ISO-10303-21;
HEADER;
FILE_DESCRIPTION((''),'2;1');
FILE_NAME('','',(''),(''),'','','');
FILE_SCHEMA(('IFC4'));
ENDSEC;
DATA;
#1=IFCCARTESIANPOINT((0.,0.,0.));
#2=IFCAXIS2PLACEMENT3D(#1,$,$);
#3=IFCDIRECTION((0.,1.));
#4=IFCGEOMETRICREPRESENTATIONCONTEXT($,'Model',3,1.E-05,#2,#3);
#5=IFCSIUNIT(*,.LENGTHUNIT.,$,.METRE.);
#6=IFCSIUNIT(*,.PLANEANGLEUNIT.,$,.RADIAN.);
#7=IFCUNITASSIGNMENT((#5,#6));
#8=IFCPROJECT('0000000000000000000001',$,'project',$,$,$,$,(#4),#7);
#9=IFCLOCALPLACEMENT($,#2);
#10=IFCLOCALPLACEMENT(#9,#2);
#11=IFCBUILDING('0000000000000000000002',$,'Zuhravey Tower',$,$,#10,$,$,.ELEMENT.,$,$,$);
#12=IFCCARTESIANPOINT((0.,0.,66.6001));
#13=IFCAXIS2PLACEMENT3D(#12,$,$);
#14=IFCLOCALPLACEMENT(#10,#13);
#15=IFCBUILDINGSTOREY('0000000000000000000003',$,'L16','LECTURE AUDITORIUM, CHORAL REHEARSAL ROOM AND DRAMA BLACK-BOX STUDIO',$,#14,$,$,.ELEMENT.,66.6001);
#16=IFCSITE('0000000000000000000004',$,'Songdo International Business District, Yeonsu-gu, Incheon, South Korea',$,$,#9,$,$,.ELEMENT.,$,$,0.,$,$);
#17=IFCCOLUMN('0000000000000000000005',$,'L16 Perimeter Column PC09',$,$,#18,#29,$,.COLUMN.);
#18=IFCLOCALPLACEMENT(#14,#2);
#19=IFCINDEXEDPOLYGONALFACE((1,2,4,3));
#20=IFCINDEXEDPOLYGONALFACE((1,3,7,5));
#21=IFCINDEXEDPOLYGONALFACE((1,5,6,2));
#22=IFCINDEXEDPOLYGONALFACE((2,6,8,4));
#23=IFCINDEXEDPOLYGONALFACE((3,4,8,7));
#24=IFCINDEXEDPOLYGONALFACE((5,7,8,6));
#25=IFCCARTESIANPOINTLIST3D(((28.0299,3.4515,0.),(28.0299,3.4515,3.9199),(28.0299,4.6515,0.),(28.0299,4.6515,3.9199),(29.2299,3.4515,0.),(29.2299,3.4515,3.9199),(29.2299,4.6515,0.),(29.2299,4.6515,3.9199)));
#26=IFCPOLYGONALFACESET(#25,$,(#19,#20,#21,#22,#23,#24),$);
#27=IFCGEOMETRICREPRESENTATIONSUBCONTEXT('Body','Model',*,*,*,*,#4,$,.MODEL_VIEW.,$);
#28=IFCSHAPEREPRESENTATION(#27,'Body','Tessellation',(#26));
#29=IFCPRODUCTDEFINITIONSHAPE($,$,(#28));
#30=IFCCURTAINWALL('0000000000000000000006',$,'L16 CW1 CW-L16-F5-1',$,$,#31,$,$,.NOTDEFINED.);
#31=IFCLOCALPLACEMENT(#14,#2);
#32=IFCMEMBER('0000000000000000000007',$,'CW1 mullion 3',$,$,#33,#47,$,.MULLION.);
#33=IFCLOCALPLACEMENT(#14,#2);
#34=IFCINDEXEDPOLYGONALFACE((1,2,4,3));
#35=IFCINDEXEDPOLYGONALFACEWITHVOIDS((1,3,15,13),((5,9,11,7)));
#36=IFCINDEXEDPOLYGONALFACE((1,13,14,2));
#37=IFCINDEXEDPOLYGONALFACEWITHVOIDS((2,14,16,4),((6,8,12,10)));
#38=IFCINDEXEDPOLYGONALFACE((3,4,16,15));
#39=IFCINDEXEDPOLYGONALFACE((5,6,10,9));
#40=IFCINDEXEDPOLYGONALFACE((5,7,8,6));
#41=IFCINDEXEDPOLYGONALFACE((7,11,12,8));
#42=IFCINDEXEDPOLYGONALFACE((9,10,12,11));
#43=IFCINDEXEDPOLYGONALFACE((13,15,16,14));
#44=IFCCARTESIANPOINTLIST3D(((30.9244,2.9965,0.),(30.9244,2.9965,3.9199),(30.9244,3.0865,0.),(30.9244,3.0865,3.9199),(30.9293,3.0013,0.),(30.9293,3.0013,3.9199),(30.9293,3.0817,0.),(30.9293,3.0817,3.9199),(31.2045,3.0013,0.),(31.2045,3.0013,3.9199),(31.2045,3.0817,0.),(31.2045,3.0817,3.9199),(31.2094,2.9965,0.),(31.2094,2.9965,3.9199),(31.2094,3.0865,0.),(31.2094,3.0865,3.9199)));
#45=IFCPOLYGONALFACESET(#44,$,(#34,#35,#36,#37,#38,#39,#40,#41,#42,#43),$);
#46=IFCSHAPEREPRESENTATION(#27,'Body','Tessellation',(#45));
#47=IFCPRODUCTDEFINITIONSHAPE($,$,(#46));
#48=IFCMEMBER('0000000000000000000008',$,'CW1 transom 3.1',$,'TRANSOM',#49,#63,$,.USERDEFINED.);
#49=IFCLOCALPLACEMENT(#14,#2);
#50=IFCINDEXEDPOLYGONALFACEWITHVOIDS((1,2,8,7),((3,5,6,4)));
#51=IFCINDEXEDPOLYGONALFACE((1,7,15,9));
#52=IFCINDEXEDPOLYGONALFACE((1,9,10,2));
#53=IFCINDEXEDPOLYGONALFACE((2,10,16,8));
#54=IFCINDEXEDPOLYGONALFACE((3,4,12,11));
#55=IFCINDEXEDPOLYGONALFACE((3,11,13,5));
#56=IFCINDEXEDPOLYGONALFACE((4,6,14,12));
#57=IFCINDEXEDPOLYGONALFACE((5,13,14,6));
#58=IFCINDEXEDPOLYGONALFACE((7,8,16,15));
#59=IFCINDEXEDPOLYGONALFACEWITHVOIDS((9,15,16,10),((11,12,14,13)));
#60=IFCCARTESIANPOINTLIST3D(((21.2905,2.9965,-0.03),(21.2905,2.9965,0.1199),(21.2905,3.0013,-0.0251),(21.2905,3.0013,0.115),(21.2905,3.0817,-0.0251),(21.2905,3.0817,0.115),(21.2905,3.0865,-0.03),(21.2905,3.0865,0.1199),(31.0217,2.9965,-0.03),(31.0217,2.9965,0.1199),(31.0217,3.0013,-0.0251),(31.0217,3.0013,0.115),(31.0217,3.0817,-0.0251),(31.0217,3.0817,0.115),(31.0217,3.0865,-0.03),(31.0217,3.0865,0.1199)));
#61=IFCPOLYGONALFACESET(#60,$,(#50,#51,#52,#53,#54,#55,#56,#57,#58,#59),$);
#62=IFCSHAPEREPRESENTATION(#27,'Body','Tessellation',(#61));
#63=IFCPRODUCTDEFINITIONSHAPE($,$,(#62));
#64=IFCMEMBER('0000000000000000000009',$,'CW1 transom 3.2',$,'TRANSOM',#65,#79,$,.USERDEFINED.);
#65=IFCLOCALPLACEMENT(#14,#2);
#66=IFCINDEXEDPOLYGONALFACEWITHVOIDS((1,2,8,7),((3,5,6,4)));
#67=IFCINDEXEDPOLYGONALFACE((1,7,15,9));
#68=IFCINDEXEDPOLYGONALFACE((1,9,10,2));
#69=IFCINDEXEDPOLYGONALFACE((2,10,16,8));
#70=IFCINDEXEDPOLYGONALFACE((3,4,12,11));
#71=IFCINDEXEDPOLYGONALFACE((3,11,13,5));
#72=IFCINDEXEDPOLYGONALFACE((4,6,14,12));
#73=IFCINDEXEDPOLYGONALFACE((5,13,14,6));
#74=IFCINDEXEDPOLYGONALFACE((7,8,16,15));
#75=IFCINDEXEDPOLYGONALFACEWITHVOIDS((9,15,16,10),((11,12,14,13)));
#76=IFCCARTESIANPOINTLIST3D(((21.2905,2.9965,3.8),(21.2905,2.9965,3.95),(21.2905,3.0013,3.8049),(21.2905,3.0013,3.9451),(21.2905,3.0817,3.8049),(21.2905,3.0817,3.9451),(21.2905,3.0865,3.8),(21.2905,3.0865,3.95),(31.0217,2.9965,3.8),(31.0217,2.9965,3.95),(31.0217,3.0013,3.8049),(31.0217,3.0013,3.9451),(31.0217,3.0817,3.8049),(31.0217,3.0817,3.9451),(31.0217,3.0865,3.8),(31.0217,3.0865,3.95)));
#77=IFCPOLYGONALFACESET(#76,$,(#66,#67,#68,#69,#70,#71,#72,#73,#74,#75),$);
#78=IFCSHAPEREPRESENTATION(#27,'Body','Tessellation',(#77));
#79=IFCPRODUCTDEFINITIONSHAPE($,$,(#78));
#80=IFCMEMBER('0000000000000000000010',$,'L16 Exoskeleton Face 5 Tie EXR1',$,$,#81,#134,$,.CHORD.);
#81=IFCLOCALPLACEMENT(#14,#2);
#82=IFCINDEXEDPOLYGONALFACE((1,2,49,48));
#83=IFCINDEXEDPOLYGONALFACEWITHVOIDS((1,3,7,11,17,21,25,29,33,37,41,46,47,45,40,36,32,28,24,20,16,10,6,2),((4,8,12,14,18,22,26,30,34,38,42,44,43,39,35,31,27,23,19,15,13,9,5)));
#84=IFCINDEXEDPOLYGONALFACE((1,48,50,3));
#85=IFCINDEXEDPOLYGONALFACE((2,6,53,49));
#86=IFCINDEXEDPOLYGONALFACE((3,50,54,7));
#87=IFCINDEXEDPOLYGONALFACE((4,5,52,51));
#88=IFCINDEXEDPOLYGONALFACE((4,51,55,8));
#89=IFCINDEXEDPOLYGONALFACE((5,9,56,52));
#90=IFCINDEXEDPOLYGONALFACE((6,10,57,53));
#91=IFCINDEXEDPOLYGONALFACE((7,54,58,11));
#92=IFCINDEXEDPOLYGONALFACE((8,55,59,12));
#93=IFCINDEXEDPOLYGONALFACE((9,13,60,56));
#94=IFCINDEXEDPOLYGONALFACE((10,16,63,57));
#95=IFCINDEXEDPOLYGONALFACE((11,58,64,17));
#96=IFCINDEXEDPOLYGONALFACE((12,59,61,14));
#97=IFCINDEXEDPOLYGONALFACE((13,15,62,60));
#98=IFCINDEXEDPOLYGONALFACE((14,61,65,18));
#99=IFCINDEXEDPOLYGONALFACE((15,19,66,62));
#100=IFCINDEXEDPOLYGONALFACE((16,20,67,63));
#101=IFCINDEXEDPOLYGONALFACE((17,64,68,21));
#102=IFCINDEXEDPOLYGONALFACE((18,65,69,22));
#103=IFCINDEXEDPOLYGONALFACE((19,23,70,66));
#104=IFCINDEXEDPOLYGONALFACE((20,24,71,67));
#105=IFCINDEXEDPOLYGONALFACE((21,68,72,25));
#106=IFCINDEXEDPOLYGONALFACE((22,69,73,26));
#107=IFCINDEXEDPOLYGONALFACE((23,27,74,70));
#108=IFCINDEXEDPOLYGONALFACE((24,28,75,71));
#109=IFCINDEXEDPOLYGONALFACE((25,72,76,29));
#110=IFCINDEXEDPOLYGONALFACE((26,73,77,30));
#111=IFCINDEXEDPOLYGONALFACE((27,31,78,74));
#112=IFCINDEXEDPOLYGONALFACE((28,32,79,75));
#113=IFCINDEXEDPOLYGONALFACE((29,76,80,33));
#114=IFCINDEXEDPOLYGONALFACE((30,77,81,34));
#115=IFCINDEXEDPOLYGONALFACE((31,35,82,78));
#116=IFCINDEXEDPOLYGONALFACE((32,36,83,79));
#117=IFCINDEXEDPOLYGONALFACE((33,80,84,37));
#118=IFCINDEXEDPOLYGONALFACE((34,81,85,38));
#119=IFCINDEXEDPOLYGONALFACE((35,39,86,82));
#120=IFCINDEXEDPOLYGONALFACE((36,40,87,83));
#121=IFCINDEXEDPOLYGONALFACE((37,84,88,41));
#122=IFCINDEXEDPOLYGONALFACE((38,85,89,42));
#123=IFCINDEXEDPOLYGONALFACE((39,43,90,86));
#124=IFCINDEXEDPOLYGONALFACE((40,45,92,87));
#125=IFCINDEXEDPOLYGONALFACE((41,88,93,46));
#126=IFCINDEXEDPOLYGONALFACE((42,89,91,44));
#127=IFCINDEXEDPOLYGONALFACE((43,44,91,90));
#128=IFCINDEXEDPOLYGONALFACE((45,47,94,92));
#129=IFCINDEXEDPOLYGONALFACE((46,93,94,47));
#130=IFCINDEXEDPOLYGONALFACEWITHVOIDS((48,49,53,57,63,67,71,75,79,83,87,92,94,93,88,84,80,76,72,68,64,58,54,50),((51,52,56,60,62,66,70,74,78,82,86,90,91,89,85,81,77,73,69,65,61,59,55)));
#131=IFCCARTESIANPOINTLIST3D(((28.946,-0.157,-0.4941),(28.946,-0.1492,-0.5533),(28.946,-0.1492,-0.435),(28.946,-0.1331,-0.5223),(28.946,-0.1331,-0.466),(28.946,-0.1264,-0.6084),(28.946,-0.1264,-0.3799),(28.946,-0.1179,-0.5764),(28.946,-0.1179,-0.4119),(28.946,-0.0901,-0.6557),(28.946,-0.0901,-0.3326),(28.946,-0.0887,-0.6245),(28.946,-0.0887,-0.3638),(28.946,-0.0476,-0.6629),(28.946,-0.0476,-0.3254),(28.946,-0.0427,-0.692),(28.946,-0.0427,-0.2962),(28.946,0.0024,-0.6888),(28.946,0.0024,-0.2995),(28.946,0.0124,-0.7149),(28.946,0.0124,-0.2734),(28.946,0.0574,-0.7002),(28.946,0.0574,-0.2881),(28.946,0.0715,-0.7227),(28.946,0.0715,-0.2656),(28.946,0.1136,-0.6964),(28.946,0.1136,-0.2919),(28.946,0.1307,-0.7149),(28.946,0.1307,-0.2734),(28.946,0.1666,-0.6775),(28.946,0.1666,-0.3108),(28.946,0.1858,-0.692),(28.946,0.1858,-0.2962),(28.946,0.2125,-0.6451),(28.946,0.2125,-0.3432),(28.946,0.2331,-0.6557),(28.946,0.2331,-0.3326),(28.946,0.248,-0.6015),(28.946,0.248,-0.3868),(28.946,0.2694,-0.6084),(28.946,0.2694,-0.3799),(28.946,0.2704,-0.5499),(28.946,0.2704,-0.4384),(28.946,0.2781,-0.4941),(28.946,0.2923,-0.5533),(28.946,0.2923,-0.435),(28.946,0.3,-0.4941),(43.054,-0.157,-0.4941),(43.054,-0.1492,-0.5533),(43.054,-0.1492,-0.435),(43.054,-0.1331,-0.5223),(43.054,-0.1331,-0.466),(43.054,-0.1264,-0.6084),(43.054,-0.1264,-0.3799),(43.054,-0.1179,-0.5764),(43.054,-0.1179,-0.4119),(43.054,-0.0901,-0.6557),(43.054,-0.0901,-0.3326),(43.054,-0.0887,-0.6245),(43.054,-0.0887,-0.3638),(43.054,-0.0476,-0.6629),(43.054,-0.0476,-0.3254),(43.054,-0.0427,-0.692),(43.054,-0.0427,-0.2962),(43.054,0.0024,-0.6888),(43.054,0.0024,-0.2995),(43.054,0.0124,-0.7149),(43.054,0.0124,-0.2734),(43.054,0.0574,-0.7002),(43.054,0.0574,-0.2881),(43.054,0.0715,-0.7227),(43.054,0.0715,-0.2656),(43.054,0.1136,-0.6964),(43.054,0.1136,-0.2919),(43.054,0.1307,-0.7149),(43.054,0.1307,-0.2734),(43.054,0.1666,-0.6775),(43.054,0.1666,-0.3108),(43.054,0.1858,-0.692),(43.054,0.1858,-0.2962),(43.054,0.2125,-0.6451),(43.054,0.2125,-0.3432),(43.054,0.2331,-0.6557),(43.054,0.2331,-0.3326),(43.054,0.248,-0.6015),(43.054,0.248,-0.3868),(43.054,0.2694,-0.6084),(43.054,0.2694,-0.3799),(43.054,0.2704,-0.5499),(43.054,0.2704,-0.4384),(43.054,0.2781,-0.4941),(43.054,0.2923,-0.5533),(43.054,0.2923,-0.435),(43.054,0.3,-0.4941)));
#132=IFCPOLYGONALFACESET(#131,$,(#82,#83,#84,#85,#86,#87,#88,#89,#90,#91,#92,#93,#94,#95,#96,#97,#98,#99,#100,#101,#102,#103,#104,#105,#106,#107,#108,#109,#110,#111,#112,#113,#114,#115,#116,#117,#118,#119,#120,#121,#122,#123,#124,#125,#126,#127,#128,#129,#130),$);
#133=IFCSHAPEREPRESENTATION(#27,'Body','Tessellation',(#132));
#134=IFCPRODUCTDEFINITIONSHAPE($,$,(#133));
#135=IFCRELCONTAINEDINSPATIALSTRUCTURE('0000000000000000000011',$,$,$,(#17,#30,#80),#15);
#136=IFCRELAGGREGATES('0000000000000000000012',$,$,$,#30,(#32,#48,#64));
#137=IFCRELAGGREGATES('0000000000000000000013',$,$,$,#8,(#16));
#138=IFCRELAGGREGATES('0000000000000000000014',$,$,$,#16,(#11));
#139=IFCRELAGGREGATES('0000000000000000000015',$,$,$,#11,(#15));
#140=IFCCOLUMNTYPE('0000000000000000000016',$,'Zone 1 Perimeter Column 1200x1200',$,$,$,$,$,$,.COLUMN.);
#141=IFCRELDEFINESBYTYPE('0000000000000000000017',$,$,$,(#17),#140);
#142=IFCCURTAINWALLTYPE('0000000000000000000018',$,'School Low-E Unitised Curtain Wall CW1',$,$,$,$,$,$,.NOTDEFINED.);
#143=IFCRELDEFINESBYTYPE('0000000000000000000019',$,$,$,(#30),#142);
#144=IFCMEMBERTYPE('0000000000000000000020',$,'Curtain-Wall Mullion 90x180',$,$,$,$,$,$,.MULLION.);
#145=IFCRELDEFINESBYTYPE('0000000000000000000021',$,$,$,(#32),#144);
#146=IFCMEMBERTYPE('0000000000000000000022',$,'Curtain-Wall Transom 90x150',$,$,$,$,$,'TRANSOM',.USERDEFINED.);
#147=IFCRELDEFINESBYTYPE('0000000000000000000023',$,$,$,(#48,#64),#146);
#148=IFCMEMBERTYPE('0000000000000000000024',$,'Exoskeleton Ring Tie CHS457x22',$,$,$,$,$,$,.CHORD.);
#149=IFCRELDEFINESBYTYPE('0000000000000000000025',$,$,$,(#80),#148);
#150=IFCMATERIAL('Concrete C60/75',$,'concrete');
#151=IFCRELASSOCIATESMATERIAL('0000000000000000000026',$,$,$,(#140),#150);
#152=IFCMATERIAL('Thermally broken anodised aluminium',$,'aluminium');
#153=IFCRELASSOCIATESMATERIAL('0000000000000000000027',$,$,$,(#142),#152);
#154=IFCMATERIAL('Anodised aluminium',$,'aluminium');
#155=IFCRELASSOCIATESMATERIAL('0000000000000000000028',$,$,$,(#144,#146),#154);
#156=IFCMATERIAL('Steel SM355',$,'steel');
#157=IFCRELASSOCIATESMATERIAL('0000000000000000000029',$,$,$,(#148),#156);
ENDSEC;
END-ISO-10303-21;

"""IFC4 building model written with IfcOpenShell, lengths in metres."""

from ifc_helpers import new_model, si_unit, direction, frame, origin, origin_2d, place, context, subcontext, project, spatial, rectangle, hollow_rectangle, hollow_circle, extrude, material, material_profile, profile_set, type_object, element, aggregate, save


model = new_model("IFC4")

# Units and contexts
model_context = context("Model", 3, precision=1e-05, world=origin(), true_north=direction((0.0, 1.0)))
body_context = subcontext(model_context, "Body", "Model", "MODEL_VIEW")
ifc_project = project(units=[si_unit("LENGTHUNIT", "METRE"), si_unit("PLANEANGLEUNIT", "RADIAN")], contexts=[model_context])

# Site, building, storey
site_placement = place(None, origin())
site = spatial("IfcSite", under=ifc_project, at=site_placement, Name="Songdo International Business District, Yeonsu-gu, Incheon, South Korea", CompositionType="ELEMENT", RefElevation=0.0)
building_placement = place(site_placement, origin())
building = spatial("IfcBuilding", under=site, at=building_placement, Name="Zuhravey Tower", CompositionType="ELEMENT")
storey_placement = place(building_placement, frame((0.0, 0.0, 66.6001)))
storey = spatial("IfcBuildingStorey", under=building, at=storey_placement, Name="L16", Description="LECTURE AUDITORIUM, CHORAL REHEARSAL ROOM AND DRAMA BLACK-BOX STUDIO", CompositionType="ELEMENT", Elevation=66.6001)

# Column
ifc_material_1 = material(Name="Concrete C60/75", Category="concrete")
ifc_material_profile_1 = material_profile(ifc_material_1, rectangle(XDim=1.2, YDim=1.2, at=origin_2d()), Name="RC-1200x1200")
ifc_profile_set_1 = profile_set([ifc_material_profile_1], Name="Concrete C60/75")
column_type = type_object("IfcColumnType", Name="Zone 1 Perimeter Column 1200x1200", PredefinedType="COLUMN", material=ifc_profile_set_1)
column_placement = place(storey_placement, frame((28.6299, 4.0515, 0.0), z_axis=(0.0, 0.0, 1.0), x_axis=(1.0, 0.0, 0.0)))
element("IfcColumn", 1, at=column_placement, inside=storey, type_object=column_type, Name="L16 Perimeter Column PC09", PredefinedType="COLUMN", context=body_context, shape_type="SweptSolid", body=[
    extrude(rectangle(XDim=1.2, YDim=1.2, at=origin_2d()), origin(), (0.0, 0.0, 1.0), 3.9199),
])

# Curtain wall, members
ifc_material_2 = material(Name="Thermally broken anodised aluminium", Category="aluminium")
curtain_wall_type = type_object("IfcCurtainWallType", Name="School Low-E Unitised Curtain Wall CW1", PredefinedType="NOTDEFINED", material=ifc_material_2)
curtain_wall_placement = place(storey_placement, origin())
curtain_wall = element("IfcCurtainWall", 2, at=curtain_wall_placement, inside=storey, type_object=curtain_wall_type, Name="L16 CW1 CW-L16-F5-1", PredefinedType="NOTDEFINED")
ifc_material_3 = material(Name="Anodised aluminium", Category="aluminium")
ifc_material_profile_2 = material_profile(ifc_material_3, hollow_rectangle(XDim=0.0901, YDim=0.2849, WallThickness=0.0049, at=origin_2d()), Name="ALU-RHS-90x285x5")
ifc_profile_set_2 = profile_set([ifc_material_profile_2], Name="Anodised aluminium")
member_type_1 = type_object("IfcMemberType", Name="Curtain-Wall Mullion 90x180", PredefinedType="MULLION", material=ifc_profile_set_2)
member_1_placement = place(storey_placement, frame((31.0669, 3.0415, 0.0), z_axis=(0.0, 0.0, 1.0), x_axis=(0.0, -1.0, 0.0)))
member_1 = element("IfcMember", 3, at=member_1_placement, type_object=member_type_1, Name="CW1 mullion 3", PredefinedType="MULLION", context=body_context, shape_type="SweptSolid", body=[
    extrude(hollow_rectangle(XDim=0.0901, YDim=0.2849, WallThickness=0.0049, at=origin_2d()), origin(), (0.0, 0.0, 1.0), 3.9199),
])
ifc_material_profile_3 = material_profile(ifc_material_3, hollow_rectangle(XDim=0.0901, YDim=0.1499, WallThickness=0.0049, at=origin_2d()), Name="ALU-RHS-90x150x5")
ifc_profile_set_3 = profile_set([ifc_material_profile_3], Name="Anodised aluminium")
member_type_2 = type_object("IfcMemberType", Name="Curtain-Wall Transom 90x150", ElementType="TRANSOM", PredefinedType="USERDEFINED", material=ifc_profile_set_3)
member_2_placement = place(storey_placement, frame((31.0217, 3.0415, 0.0449), z_axis=(-1.0, 0.0, 0.0), x_axis=(0.0, -1.0, 0.0)))
member_2 = element("IfcMember", 4, at=member_2_placement, type_object=member_type_2, Name="CW1 transom 3.1", ObjectType="TRANSOM", PredefinedType="USERDEFINED", context=body_context, shape_type="SweptSolid", body=[
    extrude(hollow_rectangle(XDim=0.0901, YDim=0.1499, WallThickness=0.0049, at=origin_2d()), origin(), (0.0, 0.0, 1.0), 9.7312),
])
member_3_placement = place(storey_placement, frame((31.0217, 3.0415, 3.875), z_axis=(-1.0, 0.0, 0.0), x_axis=(0.0, -1.0, 0.0)))
member_3 = element("IfcMember", 5, at=member_3_placement, type_object=member_type_2, Name="CW1 transom 3.2", ObjectType="TRANSOM", PredefinedType="USERDEFINED", context=body_context, shape_type="SweptSolid", body=[
    extrude(hollow_rectangle(XDim=0.0901, YDim=0.1499, WallThickness=0.0049, at=origin_2d()), origin(), (0.0, 0.0, 1.0), 9.7312),
])

# Member
ifc_material_4 = material(Name="Steel SM355", Category="steel")
ifc_material_profile_4 = material_profile(ifc_material_4, hollow_circle(Radius=0.2285, WallThickness=0.022, at=origin_2d()), Name="CHS-457.2x22")
ifc_profile_set_4 = profile_set([ifc_material_profile_4], Name="Steel SM355")
member_type_3 = type_object("IfcMemberType", Name="Exoskeleton Ring Tie CHS457x22", PredefinedType="CHORD", material=ifc_profile_set_4)
member_4_placement = place(storey_placement, frame((28.946, 0.0715, -0.4941), z_axis=(1.0, 0.0, 0.0), x_axis=(0.0, 1.0, 0.0)))
element("IfcMember", 6, at=member_4_placement, inside=storey, type_object=member_type_3, Name="L16 Exoskeleton Face 5 Tie EXR1", PredefinedType="CHORD", context=body_context, shape_type="SweptSolid", body=[
    extrude(hollow_circle(Radius=0.2285, WallThickness=0.022, at=origin_2d()), origin(), (0.0, 0.0, 1.0), 14.1079),
])

aggregate(curtain_wall, [member_1, member_2, member_3])

save(model, "model.ifc")
